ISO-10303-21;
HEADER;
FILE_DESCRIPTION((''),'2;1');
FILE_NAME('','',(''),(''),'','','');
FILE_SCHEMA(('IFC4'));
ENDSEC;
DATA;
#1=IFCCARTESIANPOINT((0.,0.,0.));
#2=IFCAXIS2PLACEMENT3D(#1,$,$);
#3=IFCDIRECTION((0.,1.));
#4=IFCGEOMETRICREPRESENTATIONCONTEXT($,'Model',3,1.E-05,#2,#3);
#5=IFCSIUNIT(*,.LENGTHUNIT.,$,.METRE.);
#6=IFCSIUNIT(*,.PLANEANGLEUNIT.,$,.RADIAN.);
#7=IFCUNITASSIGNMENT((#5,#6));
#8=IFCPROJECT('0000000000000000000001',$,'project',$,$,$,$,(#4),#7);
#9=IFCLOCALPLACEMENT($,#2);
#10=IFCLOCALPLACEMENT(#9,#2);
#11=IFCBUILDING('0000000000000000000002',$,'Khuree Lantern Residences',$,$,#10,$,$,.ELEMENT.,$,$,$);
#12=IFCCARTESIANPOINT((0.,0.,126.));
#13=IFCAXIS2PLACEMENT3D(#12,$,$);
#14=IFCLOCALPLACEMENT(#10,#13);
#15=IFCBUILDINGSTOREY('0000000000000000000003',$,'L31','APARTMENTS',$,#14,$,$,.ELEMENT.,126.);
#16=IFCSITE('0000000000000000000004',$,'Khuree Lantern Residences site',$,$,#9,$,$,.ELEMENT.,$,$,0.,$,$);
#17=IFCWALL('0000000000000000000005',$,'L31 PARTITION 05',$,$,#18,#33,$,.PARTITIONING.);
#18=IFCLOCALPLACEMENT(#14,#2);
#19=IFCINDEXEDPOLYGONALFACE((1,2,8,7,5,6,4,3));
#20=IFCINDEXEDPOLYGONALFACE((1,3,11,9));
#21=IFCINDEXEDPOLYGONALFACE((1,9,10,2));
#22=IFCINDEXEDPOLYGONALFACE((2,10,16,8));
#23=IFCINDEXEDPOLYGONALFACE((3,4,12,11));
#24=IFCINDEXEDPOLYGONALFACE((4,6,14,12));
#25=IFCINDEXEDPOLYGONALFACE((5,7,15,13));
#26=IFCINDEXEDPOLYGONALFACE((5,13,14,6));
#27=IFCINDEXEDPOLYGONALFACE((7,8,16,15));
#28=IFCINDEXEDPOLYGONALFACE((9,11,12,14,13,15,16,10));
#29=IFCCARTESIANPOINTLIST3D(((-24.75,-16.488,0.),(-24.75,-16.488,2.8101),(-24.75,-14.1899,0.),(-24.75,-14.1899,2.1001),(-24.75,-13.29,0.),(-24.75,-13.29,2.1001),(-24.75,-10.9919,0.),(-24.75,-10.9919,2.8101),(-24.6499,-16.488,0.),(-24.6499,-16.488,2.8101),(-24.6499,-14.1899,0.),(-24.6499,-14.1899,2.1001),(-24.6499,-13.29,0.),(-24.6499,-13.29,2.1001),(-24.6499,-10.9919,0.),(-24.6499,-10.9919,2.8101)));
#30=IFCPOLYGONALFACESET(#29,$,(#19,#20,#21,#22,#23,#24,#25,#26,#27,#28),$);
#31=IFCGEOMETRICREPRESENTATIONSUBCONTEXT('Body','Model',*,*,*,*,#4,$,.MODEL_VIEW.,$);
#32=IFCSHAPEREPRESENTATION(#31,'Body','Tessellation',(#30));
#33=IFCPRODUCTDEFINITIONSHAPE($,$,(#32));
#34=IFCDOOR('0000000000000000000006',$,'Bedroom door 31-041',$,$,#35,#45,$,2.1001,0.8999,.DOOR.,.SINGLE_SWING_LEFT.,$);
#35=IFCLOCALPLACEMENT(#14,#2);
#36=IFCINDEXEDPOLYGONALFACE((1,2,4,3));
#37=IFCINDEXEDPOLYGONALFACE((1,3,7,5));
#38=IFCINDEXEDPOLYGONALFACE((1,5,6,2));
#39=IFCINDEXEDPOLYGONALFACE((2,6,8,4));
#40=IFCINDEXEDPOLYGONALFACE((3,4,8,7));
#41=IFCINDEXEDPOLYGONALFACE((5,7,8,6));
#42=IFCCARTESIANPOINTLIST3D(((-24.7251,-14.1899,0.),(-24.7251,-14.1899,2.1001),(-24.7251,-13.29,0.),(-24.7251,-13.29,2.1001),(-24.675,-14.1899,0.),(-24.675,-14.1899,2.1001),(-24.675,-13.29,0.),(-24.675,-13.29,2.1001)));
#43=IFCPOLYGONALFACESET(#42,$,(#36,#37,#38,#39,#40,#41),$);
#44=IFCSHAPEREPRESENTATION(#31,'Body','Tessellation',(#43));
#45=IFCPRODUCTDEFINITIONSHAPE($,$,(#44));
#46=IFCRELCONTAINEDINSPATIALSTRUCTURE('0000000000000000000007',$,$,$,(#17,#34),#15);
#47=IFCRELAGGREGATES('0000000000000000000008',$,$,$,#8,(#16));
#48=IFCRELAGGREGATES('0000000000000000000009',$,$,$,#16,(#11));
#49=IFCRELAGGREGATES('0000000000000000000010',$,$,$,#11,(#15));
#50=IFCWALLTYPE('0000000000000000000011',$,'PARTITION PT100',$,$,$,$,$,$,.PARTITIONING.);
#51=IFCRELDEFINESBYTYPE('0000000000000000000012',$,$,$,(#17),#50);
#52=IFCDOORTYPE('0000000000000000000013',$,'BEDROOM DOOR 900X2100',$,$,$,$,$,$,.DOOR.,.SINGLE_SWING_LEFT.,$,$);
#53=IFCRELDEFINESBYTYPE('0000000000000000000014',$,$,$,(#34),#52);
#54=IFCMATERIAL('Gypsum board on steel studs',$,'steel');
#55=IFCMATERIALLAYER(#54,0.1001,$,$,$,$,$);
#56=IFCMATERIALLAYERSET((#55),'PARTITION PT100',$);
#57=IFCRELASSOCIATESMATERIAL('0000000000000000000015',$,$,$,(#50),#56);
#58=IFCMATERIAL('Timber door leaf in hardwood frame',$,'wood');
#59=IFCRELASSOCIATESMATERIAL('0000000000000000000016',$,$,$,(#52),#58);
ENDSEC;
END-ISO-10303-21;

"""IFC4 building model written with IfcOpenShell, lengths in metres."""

from ifc_helpers import new_model, si_unit, direction, frame, frame_2d, origin, place, context, subcontext, project, spatial, rectangle, extrude, material, layer, layer_set, type_object, element, fill, save


model = new_model("IFC4")

# Units and contexts
model_context = context("Model", 3, precision=1e-05, world=origin(), true_north=direction((0.0, 1.0)))
body_context = subcontext(model_context, "Body", "Model", "MODEL_VIEW")
ifc_project = project(units=[si_unit("LENGTHUNIT", "METRE"), si_unit("PLANEANGLEUNIT", "RADIAN")], contexts=[model_context])

# Site, building, storey
site_placement = place(None, origin())
site = spatial("IfcSite", under=ifc_project, at=site_placement, Name="Khuree Lantern Residences site", CompositionType="ELEMENT", RefElevation=0.0)
building_placement = place(site_placement, origin())
building = spatial("IfcBuilding", under=site, at=building_placement, Name="Khuree Lantern Residences", CompositionType="ELEMENT")
storey_placement = place(building_placement, frame((0.0, 0.0, 126.0)))
storey = spatial("IfcBuildingStorey", under=building, at=storey_placement, Name="L31", Description="APARTMENTS", CompositionType="ELEMENT", Elevation=126.0)

# Shared definitions
ifc_material_1 = material(Name="Timber door leaf in hardwood frame", Category="wood")

# Shared definitions
ifc_material_2 = material(Name="Gypsum board on steel studs", Category="steel")
ifc_layer_1 = layer(ifc_material_2, 0.1001)
ifc_layer_set_1 = layer_set([ifc_layer_1], Name="PARTITION PT100")
wall_type_1 = type_object("IfcWallType", Name="PARTITION PT100", PredefinedType="PARTITIONING", material=ifc_layer_set_1)

# Wall, opening, door
wall_1_placement = place(storey_placement, frame((-24.7, -10.9919, 0.0), z_axis=(0.0, 0.0, 1.0), x_axis=(0.0, -1.0, 0.0)))
wall_1 = element("IfcWall", 1, at=wall_1_placement, inside=storey, type_object=wall_type_1, Name="L31 PARTITION 05", PredefinedType="PARTITIONING", context=body_context, shape_type="SweptSolid", body=[
    extrude(rectangle(XDim=5.4961, YDim=0.1001, at=frame_2d((2.748, 0.0))), origin(), (0.0, 0.0, 1.0), 2.8101),
])
opening_1_placement = place(wall_1_placement, frame((2.2981, 0.0, 0.0)))
opening_1 = element("IfcOpeningElement", 2, at=opening_1_placement, cuts=wall_1, PredefinedType="OPENING", context=body_context, shape_type="SweptSolid", body=[
    extrude(rectangle(XDim=0.8999, YDim=2.1001, at=frame_2d((0.45, 1.05))), frame((0.0, 0.0601, 0.0), z_axis=(0.0, -1.0, 0.0), x_axis=(1.0, 0.0, 0.0)), (0.0, 0.0, 1.0), 0.1201),
])
door_type_1 = type_object("IfcDoorType", Name="BEDROOM DOOR 900X2100", OperationType="SINGLE_SWING_LEFT", PredefinedType="DOOR", material=ifc_material_1)
door_1_placement = place(opening_1_placement, origin())
door_1 = element("IfcDoor", 3, at=door_1_placement, inside=storey, type_object=door_type_1, Name="Bedroom door 31-041", OperationType="SINGLE_SWING_LEFT", OverallHeight=2.1001, OverallWidth=0.8999, PredefinedType="DOOR", context=body_context, shape_type="SweptSolid", body=[
    extrude(rectangle(XDim=0.8999, YDim=2.1001, at=frame_2d((0.45, 1.05))), frame((0.0, 0.0249, 0.0), z_axis=(0.0, -1.0, 0.0), x_axis=(1.0, 0.0, 0.0)), (0.0, 0.0, 1.0), 0.05),
])
fill(opening_1, door_1)

save(model, "model.ifc")
